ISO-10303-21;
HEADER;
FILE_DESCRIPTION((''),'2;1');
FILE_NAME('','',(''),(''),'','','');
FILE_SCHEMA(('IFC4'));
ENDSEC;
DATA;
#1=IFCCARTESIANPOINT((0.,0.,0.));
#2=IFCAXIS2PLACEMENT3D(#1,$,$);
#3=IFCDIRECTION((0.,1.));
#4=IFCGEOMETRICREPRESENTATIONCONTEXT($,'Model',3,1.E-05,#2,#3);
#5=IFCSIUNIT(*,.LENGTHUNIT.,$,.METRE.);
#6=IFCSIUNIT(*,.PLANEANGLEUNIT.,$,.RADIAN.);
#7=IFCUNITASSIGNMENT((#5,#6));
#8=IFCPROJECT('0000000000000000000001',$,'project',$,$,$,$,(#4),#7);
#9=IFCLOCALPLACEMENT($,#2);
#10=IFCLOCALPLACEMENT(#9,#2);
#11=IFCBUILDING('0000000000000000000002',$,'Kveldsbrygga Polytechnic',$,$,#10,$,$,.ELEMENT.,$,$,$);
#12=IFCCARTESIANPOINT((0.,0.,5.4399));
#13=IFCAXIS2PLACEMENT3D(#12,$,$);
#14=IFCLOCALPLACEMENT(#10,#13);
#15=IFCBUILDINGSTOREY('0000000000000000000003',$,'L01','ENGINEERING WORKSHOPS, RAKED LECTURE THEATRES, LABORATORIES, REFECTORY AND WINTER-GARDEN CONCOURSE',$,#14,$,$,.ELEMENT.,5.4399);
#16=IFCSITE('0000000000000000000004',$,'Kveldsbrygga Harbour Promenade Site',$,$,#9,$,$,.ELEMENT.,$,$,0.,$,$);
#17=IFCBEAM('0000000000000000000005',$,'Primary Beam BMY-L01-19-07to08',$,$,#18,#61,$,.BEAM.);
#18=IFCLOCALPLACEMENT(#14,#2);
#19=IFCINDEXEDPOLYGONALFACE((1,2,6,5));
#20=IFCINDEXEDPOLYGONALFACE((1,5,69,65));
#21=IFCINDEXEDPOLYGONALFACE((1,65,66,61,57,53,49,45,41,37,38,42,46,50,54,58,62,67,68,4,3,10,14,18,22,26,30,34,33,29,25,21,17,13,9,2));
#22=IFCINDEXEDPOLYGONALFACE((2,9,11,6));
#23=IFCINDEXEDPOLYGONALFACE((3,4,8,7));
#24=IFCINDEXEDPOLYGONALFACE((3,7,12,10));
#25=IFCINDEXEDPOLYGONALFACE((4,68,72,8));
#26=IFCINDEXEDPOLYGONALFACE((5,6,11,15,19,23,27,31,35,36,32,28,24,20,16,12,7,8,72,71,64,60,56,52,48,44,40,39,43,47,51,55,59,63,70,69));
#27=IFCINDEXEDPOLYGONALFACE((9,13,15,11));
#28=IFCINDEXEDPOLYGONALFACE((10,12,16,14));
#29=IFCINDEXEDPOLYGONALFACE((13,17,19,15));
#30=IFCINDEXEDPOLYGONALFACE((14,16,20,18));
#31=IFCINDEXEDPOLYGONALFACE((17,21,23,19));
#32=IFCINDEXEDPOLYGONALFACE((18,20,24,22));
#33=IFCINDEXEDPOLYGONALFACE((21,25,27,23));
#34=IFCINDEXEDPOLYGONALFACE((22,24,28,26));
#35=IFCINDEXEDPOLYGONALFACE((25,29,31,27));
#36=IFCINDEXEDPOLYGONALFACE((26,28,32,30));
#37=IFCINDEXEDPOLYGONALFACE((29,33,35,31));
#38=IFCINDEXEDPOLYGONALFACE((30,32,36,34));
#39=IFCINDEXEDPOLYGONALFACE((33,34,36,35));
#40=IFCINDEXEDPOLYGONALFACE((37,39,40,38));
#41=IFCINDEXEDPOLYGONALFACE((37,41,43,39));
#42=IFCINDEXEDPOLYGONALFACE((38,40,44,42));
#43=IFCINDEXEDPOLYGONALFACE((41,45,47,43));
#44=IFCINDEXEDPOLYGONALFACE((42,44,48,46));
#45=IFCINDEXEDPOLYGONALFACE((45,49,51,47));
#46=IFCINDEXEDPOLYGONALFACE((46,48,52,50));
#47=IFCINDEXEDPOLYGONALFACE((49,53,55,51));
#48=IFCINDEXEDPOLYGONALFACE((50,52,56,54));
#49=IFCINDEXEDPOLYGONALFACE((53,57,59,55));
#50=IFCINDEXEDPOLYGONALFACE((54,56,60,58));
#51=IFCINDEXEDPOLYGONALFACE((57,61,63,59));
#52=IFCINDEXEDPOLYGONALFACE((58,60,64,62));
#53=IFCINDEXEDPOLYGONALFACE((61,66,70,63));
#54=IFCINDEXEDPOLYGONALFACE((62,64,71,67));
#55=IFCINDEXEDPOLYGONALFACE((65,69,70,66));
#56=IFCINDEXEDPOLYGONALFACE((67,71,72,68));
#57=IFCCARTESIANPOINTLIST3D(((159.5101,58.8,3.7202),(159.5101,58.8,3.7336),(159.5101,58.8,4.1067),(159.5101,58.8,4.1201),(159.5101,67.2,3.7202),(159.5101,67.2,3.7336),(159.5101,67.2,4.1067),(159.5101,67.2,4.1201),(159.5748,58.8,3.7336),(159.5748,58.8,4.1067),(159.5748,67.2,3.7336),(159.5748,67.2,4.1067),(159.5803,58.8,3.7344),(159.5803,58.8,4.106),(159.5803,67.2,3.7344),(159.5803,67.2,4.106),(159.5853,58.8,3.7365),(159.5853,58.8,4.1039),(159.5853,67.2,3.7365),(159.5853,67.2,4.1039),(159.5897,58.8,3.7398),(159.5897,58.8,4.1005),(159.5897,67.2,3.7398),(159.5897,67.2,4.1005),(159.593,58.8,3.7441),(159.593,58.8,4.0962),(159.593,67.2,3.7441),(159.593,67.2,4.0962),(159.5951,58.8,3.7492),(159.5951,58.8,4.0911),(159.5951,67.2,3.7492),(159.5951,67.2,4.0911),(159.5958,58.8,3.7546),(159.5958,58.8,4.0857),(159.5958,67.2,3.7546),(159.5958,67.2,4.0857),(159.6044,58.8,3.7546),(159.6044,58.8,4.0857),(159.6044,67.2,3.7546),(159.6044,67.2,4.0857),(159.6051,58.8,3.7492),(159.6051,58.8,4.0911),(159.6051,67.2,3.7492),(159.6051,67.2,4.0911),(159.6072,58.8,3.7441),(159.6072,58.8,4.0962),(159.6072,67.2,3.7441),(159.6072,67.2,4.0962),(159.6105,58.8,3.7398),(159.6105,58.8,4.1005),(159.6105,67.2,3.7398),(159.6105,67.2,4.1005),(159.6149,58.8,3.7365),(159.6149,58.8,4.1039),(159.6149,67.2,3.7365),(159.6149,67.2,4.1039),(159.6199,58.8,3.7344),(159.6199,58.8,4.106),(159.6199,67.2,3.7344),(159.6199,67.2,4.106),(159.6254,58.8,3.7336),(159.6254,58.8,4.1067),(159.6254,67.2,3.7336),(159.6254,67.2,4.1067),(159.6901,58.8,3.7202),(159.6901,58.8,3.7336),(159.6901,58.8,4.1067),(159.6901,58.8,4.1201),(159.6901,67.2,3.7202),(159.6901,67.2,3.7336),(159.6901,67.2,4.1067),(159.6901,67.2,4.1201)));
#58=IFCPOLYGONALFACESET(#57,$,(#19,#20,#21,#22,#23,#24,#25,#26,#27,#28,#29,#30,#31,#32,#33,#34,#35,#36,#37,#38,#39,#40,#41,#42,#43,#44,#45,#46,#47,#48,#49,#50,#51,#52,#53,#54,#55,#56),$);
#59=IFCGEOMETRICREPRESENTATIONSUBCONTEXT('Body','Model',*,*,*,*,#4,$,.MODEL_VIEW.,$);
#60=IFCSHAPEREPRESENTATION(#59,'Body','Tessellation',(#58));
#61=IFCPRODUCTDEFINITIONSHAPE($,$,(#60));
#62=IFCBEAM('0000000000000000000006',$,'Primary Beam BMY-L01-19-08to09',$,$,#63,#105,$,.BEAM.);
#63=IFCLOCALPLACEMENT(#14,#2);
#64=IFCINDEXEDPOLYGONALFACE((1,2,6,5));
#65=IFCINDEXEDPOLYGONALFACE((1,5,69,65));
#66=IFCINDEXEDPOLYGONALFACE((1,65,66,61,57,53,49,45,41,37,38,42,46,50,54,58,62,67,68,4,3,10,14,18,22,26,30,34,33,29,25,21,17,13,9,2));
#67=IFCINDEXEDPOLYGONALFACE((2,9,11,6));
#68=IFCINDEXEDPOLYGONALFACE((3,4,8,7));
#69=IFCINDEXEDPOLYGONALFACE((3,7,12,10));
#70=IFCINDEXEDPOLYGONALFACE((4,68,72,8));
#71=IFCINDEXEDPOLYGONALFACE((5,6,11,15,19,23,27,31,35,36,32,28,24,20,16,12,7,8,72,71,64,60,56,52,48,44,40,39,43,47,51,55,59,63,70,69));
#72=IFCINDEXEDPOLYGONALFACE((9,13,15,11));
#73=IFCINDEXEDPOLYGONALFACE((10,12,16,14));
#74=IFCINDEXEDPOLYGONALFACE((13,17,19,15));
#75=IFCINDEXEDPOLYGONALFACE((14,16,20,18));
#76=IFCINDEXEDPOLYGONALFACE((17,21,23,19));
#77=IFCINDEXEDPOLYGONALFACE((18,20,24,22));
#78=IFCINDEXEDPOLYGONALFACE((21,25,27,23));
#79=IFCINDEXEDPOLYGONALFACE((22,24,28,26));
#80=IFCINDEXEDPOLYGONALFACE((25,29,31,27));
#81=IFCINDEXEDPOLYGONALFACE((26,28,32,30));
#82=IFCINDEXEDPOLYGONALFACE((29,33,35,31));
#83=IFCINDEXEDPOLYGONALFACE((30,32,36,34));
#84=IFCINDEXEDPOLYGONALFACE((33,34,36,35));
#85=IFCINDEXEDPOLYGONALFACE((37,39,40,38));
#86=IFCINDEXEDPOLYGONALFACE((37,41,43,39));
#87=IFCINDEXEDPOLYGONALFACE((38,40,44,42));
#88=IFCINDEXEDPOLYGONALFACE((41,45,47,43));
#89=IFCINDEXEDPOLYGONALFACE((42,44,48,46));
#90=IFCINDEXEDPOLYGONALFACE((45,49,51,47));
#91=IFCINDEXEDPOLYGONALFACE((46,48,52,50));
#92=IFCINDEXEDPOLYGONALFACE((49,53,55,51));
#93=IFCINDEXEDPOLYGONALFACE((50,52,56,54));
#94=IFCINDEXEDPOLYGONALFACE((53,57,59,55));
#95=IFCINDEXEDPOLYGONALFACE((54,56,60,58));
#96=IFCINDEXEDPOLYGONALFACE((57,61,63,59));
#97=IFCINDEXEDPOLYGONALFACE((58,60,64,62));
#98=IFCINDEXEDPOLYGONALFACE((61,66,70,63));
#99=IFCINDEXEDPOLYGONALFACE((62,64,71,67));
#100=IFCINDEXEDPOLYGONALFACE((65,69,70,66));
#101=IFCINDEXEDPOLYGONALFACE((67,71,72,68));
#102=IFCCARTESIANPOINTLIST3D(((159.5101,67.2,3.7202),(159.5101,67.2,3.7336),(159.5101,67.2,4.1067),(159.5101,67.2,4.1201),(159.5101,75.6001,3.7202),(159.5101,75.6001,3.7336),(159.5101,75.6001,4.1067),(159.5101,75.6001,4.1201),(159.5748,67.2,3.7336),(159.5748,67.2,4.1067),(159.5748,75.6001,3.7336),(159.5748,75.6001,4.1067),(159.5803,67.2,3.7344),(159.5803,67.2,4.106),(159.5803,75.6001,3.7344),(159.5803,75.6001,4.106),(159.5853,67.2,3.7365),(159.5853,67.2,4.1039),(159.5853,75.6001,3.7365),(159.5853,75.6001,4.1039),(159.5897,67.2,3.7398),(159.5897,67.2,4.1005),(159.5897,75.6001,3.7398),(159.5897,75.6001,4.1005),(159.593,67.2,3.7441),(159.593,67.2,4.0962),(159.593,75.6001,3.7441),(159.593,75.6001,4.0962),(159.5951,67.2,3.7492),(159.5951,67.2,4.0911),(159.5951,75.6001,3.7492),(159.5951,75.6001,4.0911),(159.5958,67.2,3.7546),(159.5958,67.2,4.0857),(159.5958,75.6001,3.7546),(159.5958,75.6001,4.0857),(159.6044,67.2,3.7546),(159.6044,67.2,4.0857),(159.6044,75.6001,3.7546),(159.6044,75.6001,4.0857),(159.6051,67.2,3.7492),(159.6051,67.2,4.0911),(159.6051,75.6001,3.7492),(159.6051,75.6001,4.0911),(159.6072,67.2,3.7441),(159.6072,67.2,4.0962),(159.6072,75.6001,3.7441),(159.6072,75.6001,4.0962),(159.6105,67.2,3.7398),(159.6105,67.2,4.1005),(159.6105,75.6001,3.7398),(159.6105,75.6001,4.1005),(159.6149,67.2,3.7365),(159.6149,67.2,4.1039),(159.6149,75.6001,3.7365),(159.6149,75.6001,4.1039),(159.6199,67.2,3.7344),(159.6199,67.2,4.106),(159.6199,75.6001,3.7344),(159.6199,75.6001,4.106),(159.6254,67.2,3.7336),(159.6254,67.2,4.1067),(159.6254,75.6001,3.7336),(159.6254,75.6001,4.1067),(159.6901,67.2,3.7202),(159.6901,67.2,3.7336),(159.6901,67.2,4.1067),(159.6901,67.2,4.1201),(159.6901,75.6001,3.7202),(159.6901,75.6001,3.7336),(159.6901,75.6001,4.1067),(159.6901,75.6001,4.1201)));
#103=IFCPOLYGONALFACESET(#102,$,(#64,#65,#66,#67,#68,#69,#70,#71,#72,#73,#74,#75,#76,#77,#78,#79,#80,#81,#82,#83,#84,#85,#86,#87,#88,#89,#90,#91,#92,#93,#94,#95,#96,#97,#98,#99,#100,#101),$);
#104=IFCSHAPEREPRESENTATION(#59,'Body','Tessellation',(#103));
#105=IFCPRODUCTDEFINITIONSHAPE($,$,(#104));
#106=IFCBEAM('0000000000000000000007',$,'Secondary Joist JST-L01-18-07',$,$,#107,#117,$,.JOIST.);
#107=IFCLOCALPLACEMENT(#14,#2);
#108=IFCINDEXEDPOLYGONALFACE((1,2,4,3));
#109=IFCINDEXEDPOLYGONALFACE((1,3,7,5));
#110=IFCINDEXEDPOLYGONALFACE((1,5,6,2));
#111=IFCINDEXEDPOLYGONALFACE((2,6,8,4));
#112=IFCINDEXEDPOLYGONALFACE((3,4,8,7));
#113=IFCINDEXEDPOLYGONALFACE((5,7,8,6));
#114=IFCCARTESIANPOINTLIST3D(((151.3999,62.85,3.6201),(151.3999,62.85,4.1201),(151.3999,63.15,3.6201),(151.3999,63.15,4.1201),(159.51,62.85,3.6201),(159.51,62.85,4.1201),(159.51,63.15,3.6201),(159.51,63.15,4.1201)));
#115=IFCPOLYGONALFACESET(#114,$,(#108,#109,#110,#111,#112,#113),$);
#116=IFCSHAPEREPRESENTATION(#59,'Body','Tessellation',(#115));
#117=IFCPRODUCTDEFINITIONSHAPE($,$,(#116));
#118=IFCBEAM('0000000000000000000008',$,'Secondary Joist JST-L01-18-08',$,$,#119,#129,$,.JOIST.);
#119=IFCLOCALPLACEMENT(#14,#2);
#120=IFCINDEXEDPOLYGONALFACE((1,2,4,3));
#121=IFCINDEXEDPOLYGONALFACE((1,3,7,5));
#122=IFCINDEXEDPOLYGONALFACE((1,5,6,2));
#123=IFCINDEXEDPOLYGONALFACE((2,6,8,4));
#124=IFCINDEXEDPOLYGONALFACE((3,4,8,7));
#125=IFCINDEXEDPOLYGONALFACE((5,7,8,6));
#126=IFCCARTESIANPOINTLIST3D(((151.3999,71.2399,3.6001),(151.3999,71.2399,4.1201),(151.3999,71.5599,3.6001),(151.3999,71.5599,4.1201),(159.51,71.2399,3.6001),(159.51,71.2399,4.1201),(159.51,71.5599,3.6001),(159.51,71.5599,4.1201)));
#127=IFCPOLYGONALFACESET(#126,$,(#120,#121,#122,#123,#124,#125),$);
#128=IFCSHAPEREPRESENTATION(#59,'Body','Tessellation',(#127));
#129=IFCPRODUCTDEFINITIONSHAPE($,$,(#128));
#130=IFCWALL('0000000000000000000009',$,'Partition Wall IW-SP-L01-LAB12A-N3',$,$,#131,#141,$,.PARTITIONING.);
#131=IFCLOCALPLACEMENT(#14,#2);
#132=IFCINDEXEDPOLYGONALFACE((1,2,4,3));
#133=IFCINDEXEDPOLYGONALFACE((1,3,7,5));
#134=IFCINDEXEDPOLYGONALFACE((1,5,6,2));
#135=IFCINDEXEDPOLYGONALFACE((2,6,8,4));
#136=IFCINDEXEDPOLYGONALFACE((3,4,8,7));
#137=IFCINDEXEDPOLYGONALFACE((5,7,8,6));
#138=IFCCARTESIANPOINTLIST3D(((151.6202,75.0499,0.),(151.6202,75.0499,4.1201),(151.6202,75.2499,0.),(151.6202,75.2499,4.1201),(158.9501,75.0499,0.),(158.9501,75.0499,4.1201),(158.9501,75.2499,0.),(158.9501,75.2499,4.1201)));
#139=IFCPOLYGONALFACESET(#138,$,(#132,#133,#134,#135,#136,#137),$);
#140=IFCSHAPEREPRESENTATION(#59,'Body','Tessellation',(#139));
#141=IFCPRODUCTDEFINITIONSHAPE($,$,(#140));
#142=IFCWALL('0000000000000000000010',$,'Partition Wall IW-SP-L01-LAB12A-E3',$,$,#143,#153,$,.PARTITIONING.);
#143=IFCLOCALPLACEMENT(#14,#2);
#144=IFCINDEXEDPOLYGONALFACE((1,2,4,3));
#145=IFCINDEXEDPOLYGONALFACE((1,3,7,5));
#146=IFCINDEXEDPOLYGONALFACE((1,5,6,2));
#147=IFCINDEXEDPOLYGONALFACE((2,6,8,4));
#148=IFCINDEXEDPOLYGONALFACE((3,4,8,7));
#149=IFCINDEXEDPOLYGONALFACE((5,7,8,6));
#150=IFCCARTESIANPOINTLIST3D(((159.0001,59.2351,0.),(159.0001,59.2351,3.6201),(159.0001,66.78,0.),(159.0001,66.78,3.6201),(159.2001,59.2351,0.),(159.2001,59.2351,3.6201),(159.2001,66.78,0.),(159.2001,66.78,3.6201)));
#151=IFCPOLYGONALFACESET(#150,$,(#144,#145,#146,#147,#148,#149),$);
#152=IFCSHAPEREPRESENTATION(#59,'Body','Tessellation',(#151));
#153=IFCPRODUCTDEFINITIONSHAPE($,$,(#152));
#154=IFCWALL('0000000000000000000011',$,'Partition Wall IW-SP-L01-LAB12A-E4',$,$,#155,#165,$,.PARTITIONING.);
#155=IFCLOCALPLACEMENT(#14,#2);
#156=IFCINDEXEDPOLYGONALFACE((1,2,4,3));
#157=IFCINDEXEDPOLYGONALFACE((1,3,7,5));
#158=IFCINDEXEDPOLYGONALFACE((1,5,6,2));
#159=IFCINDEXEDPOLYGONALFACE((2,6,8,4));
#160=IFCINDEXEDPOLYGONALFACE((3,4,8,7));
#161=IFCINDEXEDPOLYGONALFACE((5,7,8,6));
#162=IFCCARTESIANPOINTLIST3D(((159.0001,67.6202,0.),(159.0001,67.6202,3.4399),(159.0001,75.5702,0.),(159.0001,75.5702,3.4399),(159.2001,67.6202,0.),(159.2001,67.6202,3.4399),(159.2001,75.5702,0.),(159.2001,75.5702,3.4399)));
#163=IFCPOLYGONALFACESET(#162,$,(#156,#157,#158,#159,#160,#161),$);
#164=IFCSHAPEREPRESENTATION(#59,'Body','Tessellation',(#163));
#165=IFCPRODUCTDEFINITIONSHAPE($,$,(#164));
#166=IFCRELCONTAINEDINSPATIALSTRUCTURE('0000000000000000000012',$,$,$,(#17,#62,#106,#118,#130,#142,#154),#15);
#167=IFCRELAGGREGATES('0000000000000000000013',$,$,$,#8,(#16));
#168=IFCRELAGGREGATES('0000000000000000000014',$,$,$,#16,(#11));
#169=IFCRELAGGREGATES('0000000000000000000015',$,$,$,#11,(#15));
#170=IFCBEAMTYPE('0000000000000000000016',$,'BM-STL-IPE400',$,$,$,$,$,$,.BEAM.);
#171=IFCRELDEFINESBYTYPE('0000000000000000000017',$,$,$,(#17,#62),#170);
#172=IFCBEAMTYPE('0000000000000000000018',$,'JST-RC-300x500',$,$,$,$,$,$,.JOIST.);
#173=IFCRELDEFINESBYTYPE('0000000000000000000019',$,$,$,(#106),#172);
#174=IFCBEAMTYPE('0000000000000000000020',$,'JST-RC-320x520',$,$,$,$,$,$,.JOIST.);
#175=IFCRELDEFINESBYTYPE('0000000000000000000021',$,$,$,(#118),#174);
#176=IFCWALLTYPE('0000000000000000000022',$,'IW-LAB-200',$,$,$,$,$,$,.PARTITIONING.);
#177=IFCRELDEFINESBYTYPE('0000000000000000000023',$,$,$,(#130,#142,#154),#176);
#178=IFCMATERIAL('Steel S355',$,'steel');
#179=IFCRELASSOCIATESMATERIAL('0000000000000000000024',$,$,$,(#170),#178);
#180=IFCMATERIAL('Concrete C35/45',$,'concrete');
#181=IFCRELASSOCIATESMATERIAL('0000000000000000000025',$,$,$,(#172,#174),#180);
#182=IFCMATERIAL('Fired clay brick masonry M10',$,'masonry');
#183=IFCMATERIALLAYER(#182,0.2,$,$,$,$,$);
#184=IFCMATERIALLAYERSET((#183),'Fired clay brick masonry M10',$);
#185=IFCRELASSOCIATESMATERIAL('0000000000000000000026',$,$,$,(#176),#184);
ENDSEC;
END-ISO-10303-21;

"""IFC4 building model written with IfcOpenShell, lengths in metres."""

from ifc_helpers import new_model, si_unit, direction, frame, frame_2d, origin, origin_2d, place, context, subcontext, project, spatial, rectangle, i_section, extrude, material, layer, layer_set, material_profile, profile_set, type_object, element, save


model = new_model("IFC4")

# Units and contexts
model_context = context("Model", 3, precision=1e-05, world=origin(), true_north=direction((0.0, 1.0)))
body_context = subcontext(model_context, "Body", "Model", "MODEL_VIEW")
ifc_project = project(units=[si_unit("LENGTHUNIT", "METRE"), si_unit("PLANEANGLEUNIT", "RADIAN")], contexts=[model_context])

# Site, building, storey
site_placement = place(None, origin())
site = spatial("IfcSite", under=ifc_project, at=site_placement, Name="Kveldsbrygga Harbour Promenade Site", CompositionType="ELEMENT", RefElevation=0.0)
building_placement = place(site_placement, origin())
building = spatial("IfcBuilding", under=site, at=building_placement, Name="Kveldsbrygga Polytechnic", CompositionType="ELEMENT")
storey_placement = place(building_placement, frame((0.0, 0.0, 5.4399)))
storey = spatial("IfcBuildingStorey", under=building, at=storey_placement, Name="L01", Description="ENGINEERING WORKSHOPS, RAKED LECTURE THEATRES, LABORATORIES, REFECTORY AND WINTER-GARDEN CONCOURSE", CompositionType="ELEMENT", Elevation=5.4399)

# Beams
ifc_material_1 = material(Name="Concrete C35/45", Category="concrete")
ifc_material_2 = material(Name="Steel S355", Category="steel")
ifc_material_profile_1 = material_profile(ifc_material_2, i_section(OverallWidth=0.1799, OverallDepth=0.3999, WebThickness=0.0085, FlangeThickness=0.0134, FilletRadius=0.021, at=origin_2d()), Name="IPE 400")
ifc_profile_set_1 = profile_set([ifc_material_profile_1], Name="Steel S355")
beam_type_1 = type_object("IfcBeamType", Name="BM-STL-IPE400", PredefinedType="BEAM", material=ifc_profile_set_1)
beam_1_placement = place(storey_placement, frame((159.6001, 58.8, 3.9202), z_axis=(0.0, 1.0, 0.0), x_axis=(-1.0, 0.0, 0.0)))
element("IfcBeam", 1, at=beam_1_placement, inside=storey, type_object=beam_type_1, Name="Primary Beam BMY-L01-19-07to08", PredefinedType="BEAM", context=body_context, shape_type="SweptSolid", body=[
    extrude(i_section(OverallWidth=0.1799, OverallDepth=0.3999, WebThickness=0.0085, FlangeThickness=0.0134, FilletRadius=0.021, at=origin_2d()), origin(), (0.0, 0.0, 1.0), 8.3999),
])
beam_2_placement = place(storey_placement, frame((159.6001, 67.2, 3.9202), z_axis=(0.0, 1.0, 0.0), x_axis=(-1.0, 0.0, 0.0)))
element("IfcBeam", 2, at=beam_2_placement, inside=storey, type_object=beam_type_1, Name="Primary Beam BMY-L01-19-08to09", PredefinedType="BEAM", context=body_context, shape_type="SweptSolid", body=[
    extrude(i_section(OverallWidth=0.1799, OverallDepth=0.3999, WebThickness=0.0085, FlangeThickness=0.0134, FilletRadius=0.021, at=origin_2d()), origin(), (0.0, 0.0, 1.0), 8.4001),
])
ifc_material_profile_2 = material_profile(ifc_material_1, rectangle(XDim=0.3, YDim=0.5, at=origin_2d()), Name="RC 300x500")
ifc_profile_set_2 = profile_set([ifc_material_profile_2], Name="Concrete C35/45")
beam_type_2 = type_object("IfcBeamType", Name="JST-RC-300x500", PredefinedType="JOIST", material=ifc_profile_set_2)
beam_3_placement = place(storey_placement, frame((151.3999, 63.0, 3.8701), z_axis=(1.0, 0.0, 0.0), x_axis=(0.0, 1.0, 0.0)))
element("IfcBeam", 3, at=beam_3_placement, inside=storey, type_object=beam_type_2, Name="Secondary Joist JST-L01-18-07", PredefinedType="JOIST", context=body_context, shape_type="SweptSolid", body=[
    extrude(rectangle(XDim=0.3, YDim=0.5, at=origin_2d()), origin(), (0.0, 0.0, 1.0), 8.1101),
])
ifc_material_profile_3 = material_profile(ifc_material_1, rectangle(XDim=0.3201, YDim=0.52, at=origin_2d()), Name="RC 320x520")
ifc_profile_set_3 = profile_set([ifc_material_profile_3], Name="Concrete C35/45")
beam_type_3 = type_object("IfcBeamType", Name="JST-RC-320x520", PredefinedType="JOIST", material=ifc_profile_set_3)
beam_4_placement = place(storey_placement, frame((151.3999, 71.3999, 3.8601), z_axis=(1.0, 0.0, 0.0), x_axis=(0.0, 1.0, 0.0)))
element("IfcBeam", 4, at=beam_4_placement, inside=storey, type_object=beam_type_3, Name="Secondary Joist JST-L01-18-08", PredefinedType="JOIST", context=body_context, shape_type="SweptSolid", body=[
    extrude(rectangle(XDim=0.3201, YDim=0.52, at=origin_2d()), origin(), (0.0, 0.0, 1.0), 8.1101),
])

# Walls
ifc_material_3 = material(Name="Fired clay brick masonry M10", Category="masonry")
ifc_layer = layer(ifc_material_3, 0.2)
ifc_layer_set = layer_set([ifc_layer], Name="Fired clay brick masonry M10")
wall_type = type_object("IfcWallType", Name="IW-LAB-200", PredefinedType="PARTITIONING", material=ifc_layer_set)
wall_1_placement = place(storey_placement, frame((151.6201, 75.1499, 0.0), z_axis=(0.0, 0.0, 1.0), x_axis=(1.0, 0.0, 0.0)))
element("IfcWall", 5, at=wall_1_placement, inside=storey, type_object=wall_type, Name="Partition Wall IW-SP-L01-LAB12A-N3", PredefinedType="PARTITIONING", context=body_context, shape_type="SweptSolid", body=[
    extrude(rectangle(XDim=7.3298, YDim=0.2, at=frame_2d((3.665, 0.0))), origin(), (0.0, 0.0, 1.0), 4.1201),
])
wall_2_placement = place(storey_placement, frame((159.1001, 59.2351, 0.0), z_axis=(0.0, 0.0, 1.0), x_axis=(0.0, 1.0, 0.0)))
element("IfcWall", 6, at=wall_2_placement, inside=storey, type_object=wall_type, Name="Partition Wall IW-SP-L01-LAB12A-E3", PredefinedType="PARTITIONING", context=body_context, shape_type="SweptSolid", body=[
    extrude(rectangle(XDim=7.5449, YDim=0.2, at=frame_2d((3.7725, 0.0))), origin(), (0.0, 0.0, 1.0), 3.6201),
])
wall_3_placement = place(storey_placement, frame((159.1001, 67.6201, 0.0), z_axis=(0.0, 0.0, 1.0), x_axis=(0.0, 1.0, 0.0)))
element("IfcWall", 7, at=wall_3_placement, inside=storey, type_object=wall_type, Name="Partition Wall IW-SP-L01-LAB12A-E4", PredefinedType="PARTITIONING", context=body_context, shape_type="SweptSolid", body=[
    extrude(rectangle(XDim=7.95, YDim=0.2, at=frame_2d((3.9751, 0.0))), origin(), (0.0, 0.0, 1.0), 3.4399),
])

save(model, "model.ifc")
